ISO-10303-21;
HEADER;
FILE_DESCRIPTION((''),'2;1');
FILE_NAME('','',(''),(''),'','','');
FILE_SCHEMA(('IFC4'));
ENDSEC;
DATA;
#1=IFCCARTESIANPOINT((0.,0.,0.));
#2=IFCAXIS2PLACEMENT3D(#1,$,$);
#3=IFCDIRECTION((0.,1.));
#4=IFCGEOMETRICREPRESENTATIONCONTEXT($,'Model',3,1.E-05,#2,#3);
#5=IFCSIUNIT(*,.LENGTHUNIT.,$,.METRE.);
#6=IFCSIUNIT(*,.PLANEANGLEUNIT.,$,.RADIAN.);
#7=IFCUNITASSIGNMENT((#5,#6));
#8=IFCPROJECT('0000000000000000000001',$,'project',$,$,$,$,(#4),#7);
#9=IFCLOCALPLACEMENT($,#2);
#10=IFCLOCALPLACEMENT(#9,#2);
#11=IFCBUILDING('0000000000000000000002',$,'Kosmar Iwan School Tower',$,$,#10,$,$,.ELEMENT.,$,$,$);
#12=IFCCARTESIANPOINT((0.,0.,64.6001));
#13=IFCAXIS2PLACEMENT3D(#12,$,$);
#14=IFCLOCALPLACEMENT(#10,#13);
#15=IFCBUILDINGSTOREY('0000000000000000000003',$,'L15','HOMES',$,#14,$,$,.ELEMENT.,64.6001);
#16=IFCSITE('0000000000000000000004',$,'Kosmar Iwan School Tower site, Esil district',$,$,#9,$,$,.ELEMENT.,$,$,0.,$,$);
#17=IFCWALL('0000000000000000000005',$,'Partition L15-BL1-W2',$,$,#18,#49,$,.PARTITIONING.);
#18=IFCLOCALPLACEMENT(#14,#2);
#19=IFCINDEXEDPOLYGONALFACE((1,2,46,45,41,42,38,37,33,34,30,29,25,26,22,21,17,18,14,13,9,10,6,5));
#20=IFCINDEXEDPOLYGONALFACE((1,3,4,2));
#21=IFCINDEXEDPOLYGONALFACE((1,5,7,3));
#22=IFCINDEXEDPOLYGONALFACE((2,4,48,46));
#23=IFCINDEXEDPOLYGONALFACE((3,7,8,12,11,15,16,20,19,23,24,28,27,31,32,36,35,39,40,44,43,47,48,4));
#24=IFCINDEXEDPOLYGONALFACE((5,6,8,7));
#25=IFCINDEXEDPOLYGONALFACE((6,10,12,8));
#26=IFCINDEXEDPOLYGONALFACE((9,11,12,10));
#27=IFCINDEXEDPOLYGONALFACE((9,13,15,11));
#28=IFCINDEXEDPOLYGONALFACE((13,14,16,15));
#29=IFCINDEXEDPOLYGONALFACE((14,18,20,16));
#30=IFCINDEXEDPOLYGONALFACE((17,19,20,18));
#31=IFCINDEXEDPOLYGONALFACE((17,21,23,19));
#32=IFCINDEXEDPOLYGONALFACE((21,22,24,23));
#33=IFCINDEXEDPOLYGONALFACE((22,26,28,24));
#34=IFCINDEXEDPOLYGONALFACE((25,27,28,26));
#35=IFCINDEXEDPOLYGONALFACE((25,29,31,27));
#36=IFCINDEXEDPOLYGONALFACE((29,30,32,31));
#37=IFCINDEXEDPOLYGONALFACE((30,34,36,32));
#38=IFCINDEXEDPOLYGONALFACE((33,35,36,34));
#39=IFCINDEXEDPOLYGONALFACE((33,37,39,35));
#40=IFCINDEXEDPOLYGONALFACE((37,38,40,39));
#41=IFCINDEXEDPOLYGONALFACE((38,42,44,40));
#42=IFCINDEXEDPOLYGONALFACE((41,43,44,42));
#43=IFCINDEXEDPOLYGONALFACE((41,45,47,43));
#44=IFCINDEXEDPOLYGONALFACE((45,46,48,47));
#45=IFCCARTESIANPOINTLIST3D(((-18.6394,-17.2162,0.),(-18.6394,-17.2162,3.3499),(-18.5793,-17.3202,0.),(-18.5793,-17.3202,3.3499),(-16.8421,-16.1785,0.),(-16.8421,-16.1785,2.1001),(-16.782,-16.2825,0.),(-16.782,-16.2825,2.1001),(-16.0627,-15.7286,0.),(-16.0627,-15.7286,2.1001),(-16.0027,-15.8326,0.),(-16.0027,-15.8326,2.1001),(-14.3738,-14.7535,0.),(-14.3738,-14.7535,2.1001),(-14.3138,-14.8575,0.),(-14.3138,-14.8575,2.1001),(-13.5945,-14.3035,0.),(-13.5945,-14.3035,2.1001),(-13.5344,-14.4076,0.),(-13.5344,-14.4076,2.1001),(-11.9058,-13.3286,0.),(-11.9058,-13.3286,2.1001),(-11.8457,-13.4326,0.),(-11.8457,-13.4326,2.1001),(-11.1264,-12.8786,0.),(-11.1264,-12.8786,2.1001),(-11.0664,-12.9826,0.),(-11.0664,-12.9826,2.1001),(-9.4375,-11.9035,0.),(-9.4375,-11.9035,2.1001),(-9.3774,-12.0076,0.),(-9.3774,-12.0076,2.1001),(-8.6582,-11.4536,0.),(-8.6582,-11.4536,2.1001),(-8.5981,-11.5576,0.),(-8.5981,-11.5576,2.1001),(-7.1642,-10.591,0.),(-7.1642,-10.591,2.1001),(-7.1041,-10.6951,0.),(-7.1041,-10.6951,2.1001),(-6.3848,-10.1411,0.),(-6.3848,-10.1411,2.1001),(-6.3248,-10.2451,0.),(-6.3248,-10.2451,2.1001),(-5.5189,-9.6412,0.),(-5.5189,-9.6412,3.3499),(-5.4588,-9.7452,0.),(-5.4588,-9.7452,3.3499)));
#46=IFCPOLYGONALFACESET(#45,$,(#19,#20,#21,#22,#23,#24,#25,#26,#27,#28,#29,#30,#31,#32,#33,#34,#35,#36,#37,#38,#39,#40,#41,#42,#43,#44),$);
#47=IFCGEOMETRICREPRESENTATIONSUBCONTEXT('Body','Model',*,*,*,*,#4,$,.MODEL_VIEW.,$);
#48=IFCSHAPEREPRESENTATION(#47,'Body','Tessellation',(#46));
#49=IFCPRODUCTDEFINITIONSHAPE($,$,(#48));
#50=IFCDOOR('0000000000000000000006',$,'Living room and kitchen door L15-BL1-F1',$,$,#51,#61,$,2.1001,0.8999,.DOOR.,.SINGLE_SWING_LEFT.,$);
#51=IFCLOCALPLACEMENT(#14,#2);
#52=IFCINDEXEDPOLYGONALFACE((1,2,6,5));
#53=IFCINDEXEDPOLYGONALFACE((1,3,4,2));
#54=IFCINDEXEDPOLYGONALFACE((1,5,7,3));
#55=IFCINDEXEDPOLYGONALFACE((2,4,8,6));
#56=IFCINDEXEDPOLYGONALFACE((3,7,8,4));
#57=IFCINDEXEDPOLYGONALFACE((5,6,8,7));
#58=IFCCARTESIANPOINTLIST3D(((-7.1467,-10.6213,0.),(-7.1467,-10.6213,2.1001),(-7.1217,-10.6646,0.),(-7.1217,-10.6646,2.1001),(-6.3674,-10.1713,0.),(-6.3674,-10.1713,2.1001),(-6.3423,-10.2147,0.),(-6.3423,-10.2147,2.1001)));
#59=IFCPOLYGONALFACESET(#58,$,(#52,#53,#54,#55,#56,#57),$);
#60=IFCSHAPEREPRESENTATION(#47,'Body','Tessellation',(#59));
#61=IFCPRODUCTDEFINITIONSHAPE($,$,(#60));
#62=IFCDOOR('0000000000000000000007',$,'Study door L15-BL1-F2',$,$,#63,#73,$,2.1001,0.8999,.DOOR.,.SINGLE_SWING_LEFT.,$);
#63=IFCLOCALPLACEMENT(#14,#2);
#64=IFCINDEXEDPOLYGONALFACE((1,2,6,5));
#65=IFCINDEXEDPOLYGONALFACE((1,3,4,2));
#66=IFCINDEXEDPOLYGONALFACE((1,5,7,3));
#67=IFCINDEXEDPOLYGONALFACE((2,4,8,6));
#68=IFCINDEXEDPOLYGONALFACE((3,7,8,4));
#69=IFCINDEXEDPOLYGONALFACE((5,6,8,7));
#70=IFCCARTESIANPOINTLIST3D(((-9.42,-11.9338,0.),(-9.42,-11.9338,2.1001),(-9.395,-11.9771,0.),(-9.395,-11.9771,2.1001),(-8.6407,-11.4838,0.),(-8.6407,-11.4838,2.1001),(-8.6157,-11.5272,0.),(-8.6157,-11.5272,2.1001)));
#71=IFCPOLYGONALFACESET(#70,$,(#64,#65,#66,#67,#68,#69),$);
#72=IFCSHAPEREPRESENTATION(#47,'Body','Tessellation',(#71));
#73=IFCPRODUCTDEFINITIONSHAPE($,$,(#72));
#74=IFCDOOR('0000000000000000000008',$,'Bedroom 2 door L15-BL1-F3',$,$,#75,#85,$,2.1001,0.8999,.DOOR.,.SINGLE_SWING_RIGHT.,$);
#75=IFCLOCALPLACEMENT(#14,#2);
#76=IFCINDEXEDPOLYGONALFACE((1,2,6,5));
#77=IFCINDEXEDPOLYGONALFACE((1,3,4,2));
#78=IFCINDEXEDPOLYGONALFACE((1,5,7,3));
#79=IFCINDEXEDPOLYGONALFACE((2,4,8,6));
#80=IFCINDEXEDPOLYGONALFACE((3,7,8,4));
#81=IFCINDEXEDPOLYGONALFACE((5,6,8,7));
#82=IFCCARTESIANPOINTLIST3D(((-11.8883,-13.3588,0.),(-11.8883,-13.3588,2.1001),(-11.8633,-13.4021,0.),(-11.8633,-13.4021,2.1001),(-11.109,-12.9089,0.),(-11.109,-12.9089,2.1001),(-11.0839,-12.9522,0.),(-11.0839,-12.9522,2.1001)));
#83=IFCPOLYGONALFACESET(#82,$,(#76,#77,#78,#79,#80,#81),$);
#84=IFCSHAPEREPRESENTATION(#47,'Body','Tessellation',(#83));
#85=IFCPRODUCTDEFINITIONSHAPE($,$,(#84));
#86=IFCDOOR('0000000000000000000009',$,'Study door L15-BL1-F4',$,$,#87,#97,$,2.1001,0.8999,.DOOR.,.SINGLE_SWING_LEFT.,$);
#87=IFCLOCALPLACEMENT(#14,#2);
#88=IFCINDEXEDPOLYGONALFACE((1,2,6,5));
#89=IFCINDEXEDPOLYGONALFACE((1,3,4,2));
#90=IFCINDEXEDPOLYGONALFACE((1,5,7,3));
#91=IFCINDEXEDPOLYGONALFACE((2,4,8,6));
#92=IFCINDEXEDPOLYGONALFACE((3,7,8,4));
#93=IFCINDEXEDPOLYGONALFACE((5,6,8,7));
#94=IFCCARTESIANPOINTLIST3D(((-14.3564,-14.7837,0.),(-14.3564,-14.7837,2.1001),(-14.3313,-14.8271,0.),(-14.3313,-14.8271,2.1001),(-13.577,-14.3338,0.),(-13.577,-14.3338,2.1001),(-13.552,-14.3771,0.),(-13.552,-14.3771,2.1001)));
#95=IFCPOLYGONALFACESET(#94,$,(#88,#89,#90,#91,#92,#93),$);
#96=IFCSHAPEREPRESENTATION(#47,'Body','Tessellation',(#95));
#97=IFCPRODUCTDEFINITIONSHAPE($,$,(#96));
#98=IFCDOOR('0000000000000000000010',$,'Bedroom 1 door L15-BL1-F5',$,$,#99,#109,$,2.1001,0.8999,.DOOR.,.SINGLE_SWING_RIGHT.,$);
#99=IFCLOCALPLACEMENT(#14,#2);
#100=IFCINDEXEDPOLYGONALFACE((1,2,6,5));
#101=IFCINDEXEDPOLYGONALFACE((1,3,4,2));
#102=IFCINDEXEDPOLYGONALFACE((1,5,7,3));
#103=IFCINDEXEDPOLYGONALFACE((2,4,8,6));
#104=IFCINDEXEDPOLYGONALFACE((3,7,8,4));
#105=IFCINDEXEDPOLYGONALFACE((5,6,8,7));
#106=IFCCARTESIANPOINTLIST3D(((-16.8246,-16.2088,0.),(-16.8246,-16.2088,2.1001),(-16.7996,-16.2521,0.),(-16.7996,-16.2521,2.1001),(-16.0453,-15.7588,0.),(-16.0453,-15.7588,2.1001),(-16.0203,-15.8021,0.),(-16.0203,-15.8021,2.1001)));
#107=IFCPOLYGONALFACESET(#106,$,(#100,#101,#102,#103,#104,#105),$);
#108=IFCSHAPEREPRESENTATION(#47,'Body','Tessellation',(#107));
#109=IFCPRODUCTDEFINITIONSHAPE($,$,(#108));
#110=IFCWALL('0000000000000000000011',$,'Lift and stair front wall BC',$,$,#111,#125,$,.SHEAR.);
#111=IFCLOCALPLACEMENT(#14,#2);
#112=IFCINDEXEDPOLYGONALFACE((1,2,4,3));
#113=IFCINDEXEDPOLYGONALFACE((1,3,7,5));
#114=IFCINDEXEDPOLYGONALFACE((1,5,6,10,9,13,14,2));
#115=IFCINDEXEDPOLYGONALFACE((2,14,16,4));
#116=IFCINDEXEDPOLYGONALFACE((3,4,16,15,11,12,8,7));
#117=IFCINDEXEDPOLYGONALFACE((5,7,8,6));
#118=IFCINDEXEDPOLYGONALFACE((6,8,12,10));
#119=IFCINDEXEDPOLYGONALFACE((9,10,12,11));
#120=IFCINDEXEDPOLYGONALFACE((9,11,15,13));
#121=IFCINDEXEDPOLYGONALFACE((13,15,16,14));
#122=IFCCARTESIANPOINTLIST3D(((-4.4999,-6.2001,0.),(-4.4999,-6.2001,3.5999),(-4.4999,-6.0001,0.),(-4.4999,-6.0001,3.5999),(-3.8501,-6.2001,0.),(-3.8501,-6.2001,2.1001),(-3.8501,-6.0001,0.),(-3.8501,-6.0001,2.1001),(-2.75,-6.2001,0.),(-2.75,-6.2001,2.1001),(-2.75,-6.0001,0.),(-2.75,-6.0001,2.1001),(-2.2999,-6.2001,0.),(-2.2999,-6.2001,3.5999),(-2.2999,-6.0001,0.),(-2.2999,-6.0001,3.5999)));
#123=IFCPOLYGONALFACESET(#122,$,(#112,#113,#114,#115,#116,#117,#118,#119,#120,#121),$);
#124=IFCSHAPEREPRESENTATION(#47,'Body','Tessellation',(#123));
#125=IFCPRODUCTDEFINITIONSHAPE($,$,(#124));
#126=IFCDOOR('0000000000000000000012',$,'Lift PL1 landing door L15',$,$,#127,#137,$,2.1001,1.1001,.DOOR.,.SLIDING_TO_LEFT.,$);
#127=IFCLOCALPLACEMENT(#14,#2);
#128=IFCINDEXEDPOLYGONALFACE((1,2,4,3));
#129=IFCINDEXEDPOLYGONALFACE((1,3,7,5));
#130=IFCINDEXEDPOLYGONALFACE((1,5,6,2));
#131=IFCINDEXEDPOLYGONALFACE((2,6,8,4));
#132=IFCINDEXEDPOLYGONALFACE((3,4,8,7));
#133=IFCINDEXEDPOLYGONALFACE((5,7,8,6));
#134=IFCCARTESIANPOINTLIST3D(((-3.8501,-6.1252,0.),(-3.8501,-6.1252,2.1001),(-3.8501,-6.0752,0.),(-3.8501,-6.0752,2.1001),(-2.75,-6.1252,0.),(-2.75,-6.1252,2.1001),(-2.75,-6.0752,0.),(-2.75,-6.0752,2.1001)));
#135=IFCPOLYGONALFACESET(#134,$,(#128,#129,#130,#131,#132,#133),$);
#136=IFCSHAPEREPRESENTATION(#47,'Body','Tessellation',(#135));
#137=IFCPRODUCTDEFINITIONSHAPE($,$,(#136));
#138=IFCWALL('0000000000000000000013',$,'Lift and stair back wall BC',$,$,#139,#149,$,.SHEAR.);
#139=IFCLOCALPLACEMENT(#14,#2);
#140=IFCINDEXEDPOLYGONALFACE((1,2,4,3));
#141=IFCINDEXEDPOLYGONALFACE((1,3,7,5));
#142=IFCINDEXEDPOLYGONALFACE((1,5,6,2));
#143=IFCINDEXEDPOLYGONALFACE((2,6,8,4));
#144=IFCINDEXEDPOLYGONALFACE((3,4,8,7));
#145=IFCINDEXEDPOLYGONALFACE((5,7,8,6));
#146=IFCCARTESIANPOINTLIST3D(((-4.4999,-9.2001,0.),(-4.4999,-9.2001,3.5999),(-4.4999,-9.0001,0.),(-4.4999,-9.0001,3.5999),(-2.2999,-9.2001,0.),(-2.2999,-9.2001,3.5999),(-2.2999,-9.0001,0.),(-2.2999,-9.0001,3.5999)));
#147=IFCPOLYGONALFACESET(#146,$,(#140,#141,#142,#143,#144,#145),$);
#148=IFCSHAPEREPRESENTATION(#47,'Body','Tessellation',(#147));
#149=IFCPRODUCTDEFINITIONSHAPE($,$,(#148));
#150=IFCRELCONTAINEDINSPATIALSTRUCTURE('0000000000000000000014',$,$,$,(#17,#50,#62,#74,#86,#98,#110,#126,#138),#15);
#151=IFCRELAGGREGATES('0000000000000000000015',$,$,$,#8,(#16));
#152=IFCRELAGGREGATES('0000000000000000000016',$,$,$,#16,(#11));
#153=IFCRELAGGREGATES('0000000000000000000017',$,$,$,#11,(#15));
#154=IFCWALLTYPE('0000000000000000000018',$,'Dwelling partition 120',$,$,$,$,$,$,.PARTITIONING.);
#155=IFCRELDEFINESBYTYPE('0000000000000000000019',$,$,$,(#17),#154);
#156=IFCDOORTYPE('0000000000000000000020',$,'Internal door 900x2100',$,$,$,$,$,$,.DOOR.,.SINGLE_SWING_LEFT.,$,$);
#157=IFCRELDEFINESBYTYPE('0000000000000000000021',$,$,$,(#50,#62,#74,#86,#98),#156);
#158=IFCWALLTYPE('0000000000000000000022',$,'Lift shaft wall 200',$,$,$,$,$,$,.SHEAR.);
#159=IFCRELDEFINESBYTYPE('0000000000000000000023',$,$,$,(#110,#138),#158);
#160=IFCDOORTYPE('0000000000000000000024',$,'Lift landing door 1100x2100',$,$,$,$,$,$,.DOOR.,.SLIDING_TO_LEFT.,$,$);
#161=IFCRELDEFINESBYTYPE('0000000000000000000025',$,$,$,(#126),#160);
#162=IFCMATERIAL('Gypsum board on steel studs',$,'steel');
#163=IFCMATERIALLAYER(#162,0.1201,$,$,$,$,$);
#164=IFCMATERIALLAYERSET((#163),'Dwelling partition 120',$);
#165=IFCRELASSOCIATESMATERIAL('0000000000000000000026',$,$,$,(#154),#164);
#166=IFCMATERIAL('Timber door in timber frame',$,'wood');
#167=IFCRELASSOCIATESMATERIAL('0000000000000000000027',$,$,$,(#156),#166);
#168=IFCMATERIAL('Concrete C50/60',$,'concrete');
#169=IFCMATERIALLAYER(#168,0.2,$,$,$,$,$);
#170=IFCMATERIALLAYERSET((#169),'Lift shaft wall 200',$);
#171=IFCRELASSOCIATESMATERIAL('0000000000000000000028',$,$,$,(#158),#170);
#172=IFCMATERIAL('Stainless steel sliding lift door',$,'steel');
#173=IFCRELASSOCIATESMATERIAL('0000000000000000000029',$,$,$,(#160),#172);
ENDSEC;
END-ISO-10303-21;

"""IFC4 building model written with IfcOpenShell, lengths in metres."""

from ifc_helpers import new_model, si_unit, direction, frame, frame_2d, origin, place, context, subcontext, project, spatial, rectangle, extrude, material, layer, layer_set, type_object, element, fill, save


model = new_model("IFC4")

# Units and contexts
model_context = context("Model", 3, precision=1e-05, world=origin(), true_north=direction((0.0, 1.0)))
body_context = subcontext(model_context, "Body", "Model", "MODEL_VIEW")
ifc_project = project(units=[si_unit("LENGTHUNIT", "METRE"), si_unit("PLANEANGLEUNIT", "RADIAN")], contexts=[model_context])

# Site, building, storey
site_placement = place(None, origin())
site = spatial("IfcSite", under=ifc_project, at=site_placement, Name="Kosmar Iwan School Tower site, Esil district", CompositionType="ELEMENT", RefElevation=0.0)
building_placement = place(site_placement, origin())
building = spatial("IfcBuilding", under=site, at=building_placement, Name="Kosmar Iwan School Tower", CompositionType="ELEMENT")
storey_placement = place(building_placement, frame((0.0, 0.0, 64.6001)))
storey = spatial("IfcBuildingStorey", under=building, at=storey_placement, Name="L15", Description="HOMES", CompositionType="ELEMENT", Elevation=64.6001)

# Wall, openings, doors
ifc_material_1 = material(Name="Gypsum board on steel studs", Category="steel")
ifc_layer_1 = layer(ifc_material_1, 0.1201)
ifc_layer_set_1 = layer_set([ifc_layer_1], Name="Dwelling partition 120")
wall_type_1 = type_object("IfcWallType", Name="Dwelling partition 120", PredefinedType="PARTITIONING", material=ifc_layer_set_1)
wall_1_placement = place(storey_placement, frame((-5.4888, -9.6931, 0.0), z_axis=(0.0, 0.0, 1.0), x_axis=(-0.866028, -0.499995, 0.0)))
wall_1 = element("IfcWall", 1, at=wall_1_placement, inside=storey, type_object=wall_type_1, Name="Partition L15-BL1-W2", PredefinedType="PARTITIONING", context=body_context, shape_type="SweptSolid", body=[
    extrude(rectangle(XDim=15.1501, YDim=0.1201, at=frame_2d((7.5752, 0.0))), origin(), (0.0, 0.0, 1.0), 3.3499),
])
opening_1_placement = place(wall_1_placement, frame((1.0, 0.0, 0.0)))
opening_1 = element("IfcOpeningElement", 2, at=opening_1_placement, cuts=wall_1, PredefinedType="OPENING", context=body_context, shape_type="SweptSolid", body=[
    extrude(rectangle(XDim=0.8999, YDim=2.1001, at=frame_2d((0.45, 1.05))), frame((0.0, 0.072, 0.0), z_axis=(0.0, -1.0, 0.0), x_axis=(1.0, 0.0, 0.0)), (0.0, 0.0, 1.0), 0.144),
])
opening_2_placement = place(wall_1_placement, frame((3.625, 0.0, 0.0)))
opening_2 = element("IfcOpeningElement", 3, at=opening_2_placement, cuts=wall_1, PredefinedType="OPENING", context=body_context, shape_type="SweptSolid", body=[
    extrude(rectangle(XDim=0.8999, YDim=2.1001, at=frame_2d((0.45, 1.05))), frame((0.0, 0.072, 0.0), z_axis=(0.0, -1.0, 0.0), x_axis=(1.0, 0.0, 0.0)), (0.0, 0.0, 1.0), 0.144),
])
opening_3_placement = place(wall_1_placement, frame((6.4751, 0.0, 0.0)))
opening_3 = element("IfcOpeningElement", 4, at=opening_3_placement, cuts=wall_1, PredefinedType="OPENING", context=body_context, shape_type="SweptSolid", body=[
    extrude(rectangle(XDim=0.8999, YDim=2.1001, at=frame_2d((0.45, 1.05))), frame((0.0, 0.072, 0.0), z_axis=(0.0, -1.0, 0.0), x_axis=(1.0, 0.0, 0.0)), (0.0, 0.0, 1.0), 0.144),
])
opening_4_placement = place(wall_1_placement, frame((9.325, 0.0, 0.0)))
opening_4 = element("IfcOpeningElement", 5, at=opening_4_placement, cuts=wall_1, PredefinedType="OPENING", context=body_context, shape_type="SweptSolid", body=[
    extrude(rectangle(XDim=0.8999, YDim=2.1001, at=frame_2d((0.45, 1.05))), frame((0.0, 0.072, 0.0), z_axis=(0.0, -1.0, 0.0), x_axis=(1.0, 0.0, 0.0)), (0.0, 0.0, 1.0), 0.144),
])
opening_5_placement = place(wall_1_placement, frame((12.175, 0.0, 0.0)))
opening_5 = element("IfcOpeningElement", 6, at=opening_5_placement, cuts=wall_1, PredefinedType="OPENING", context=body_context, shape_type="SweptSolid", body=[
    extrude(rectangle(XDim=0.8999, YDim=2.1001, at=frame_2d((0.45, 1.05))), frame((0.0, 0.072, 0.0), z_axis=(0.0, -1.0, 0.0), x_axis=(1.0, 0.0, 0.0)), (0.0, 0.0, 1.0), 0.144),
])
ifc_material_2 = material(Name="Timber door in timber frame", Category="wood")
door_type_1 = type_object("IfcDoorType", Name="Internal door 900x2100", OperationType="SINGLE_SWING_LEFT", PredefinedType="DOOR", material=ifc_material_2)
door_1_placement = place(opening_1_placement, origin())
door_1 = element("IfcDoor", 7, at=door_1_placement, inside=storey, type_object=door_type_1, Name="Living room and kitchen door L15-BL1-F1", OperationType="SINGLE_SWING_LEFT", OverallHeight=2.1001, OverallWidth=0.8999, PredefinedType="DOOR", context=body_context, shape_type="SweptSolid", body=[
    extrude(rectangle(XDim=0.8999, YDim=2.1001, at=frame_2d((0.45, 1.05))), frame((0.0, 0.0249, 0.0), z_axis=(0.0, -1.0, 0.0), x_axis=(1.0, 0.0, 0.0)), (0.0, 0.0, 1.0), 0.05),
])
fill(opening_1, door_1)
door_2_placement = place(opening_2_placement, origin())
door_2 = element("IfcDoor", 8, at=door_2_placement, inside=storey, type_object=door_type_1, Name="Study door L15-BL1-F2", OperationType="SINGLE_SWING_LEFT", OverallHeight=2.1001, OverallWidth=0.8999, PredefinedType="DOOR", context=body_context, shape_type="SweptSolid", body=[
    extrude(rectangle(XDim=0.8999, YDim=2.1001, at=frame_2d((0.45, 1.05))), frame((0.0, 0.0249, 0.0), z_axis=(0.0, -1.0, 0.0), x_axis=(1.0, 0.0, 0.0)), (0.0, 0.0, 1.0), 0.05),
])
fill(opening_2, door_2)
door_3_placement = place(opening_3_placement, origin())
door_3 = element("IfcDoor", 9, at=door_3_placement, inside=storey, type_object=door_type_1, Name="Bedroom 2 door L15-BL1-F3", OperationType="SINGLE_SWING_RIGHT", OverallHeight=2.1001, OverallWidth=0.8999, PredefinedType="DOOR", context=body_context, shape_type="SweptSolid", body=[
    extrude(rectangle(XDim=0.8999, YDim=2.1001, at=frame_2d((0.45, 1.05))), frame((0.0, 0.0249, 0.0), z_axis=(0.0, -1.0, 0.0), x_axis=(1.0, 0.0, 0.0)), (0.0, 0.0, 1.0), 0.05),
])
fill(opening_3, door_3)
door_4_placement = place(opening_4_placement, origin())
door_4 = element("IfcDoor", 10, at=door_4_placement, inside=storey, type_object=door_type_1, Name="Study door L15-BL1-F4", OperationType="SINGLE_SWING_LEFT", OverallHeight=2.1001, OverallWidth=0.8999, PredefinedType="DOOR", context=body_context, shape_type="SweptSolid", body=[
    extrude(rectangle(XDim=0.8999, YDim=2.1001, at=frame_2d((0.45, 1.05))), frame((0.0, 0.0249, 0.0), z_axis=(0.0, -1.0, 0.0), x_axis=(1.0, 0.0, 0.0)), (0.0, 0.0, 1.0), 0.05),
])
fill(opening_4, door_4)
door_5_placement = place(opening_5_placement, origin())
door_5 = element("IfcDoor", 11, at=door_5_placement, inside=storey, type_object=door_type_1, Name="Bedroom 1 door L15-BL1-F5", OperationType="SINGLE_SWING_RIGHT", OverallHeight=2.1001, OverallWidth=0.8999, PredefinedType="DOOR", context=body_context, shape_type="SweptSolid", body=[
    extrude(rectangle(XDim=0.8999, YDim=2.1001, at=frame_2d((0.45, 1.05))), frame((0.0, 0.0249, 0.0), z_axis=(0.0, -1.0, 0.0), x_axis=(1.0, 0.0, 0.0)), (0.0, 0.0, 1.0), 0.05),
])
fill(opening_5, door_5)

# Wall, opening, door
ifc_material_3 = material(Name="Concrete C50/60", Category="concrete")
ifc_layer_2 = layer(ifc_material_3, 0.2)
ifc_layer_set_2 = layer_set([ifc_layer_2], Name="Lift shaft wall 200")
wall_type_2 = type_object("IfcWallType", Name="Lift shaft wall 200", PredefinedType="SHEAR", material=ifc_layer_set_2)
wall_2_placement = place(storey_placement, frame((-4.5, -6.1001, 0.0), z_axis=(0.0, 0.0, 1.0), x_axis=(1.0, 0.0, 0.0)))
wall_2 = element("IfcWall", 12, at=wall_2_placement, inside=storey, type_object=wall_type_2, Name="Lift and stair front wall BC", PredefinedType="SHEAR", context=body_context, shape_type="SweptSolid", body=[
    extrude(rectangle(XDim=2.2, YDim=0.2, at=frame_2d((1.1001, 0.0))), origin(), (0.0, 0.0, 1.0), 3.5999),
])
opening_6_placement = place(wall_2_placement, frame((0.6499, 0.0, 0.0)))
opening_6 = element("IfcOpeningElement", 13, at=opening_6_placement, cuts=wall_2, PredefinedType="OPENING", context=body_context, shape_type="SweptSolid", body=[
    extrude(rectangle(XDim=1.1001, YDim=2.1001, at=frame_2d((0.55, 1.05))), frame((0.0, 0.1121, 0.0), z_axis=(0.0, -1.0, 0.0), x_axis=(1.0, 0.0, 0.0)), (0.0, 0.0, 1.0), 0.2239),
])
ifc_material_4 = material(Name="Stainless steel sliding lift door", Category="steel")
door_type_2 = type_object("IfcDoorType", Name="Lift landing door 1100x2100", OperationType="SLIDING_TO_LEFT", PredefinedType="DOOR", material=ifc_material_4)
door_6_placement = place(opening_6_placement, origin())
door_6 = element("IfcDoor", 14, at=door_6_placement, inside=storey, type_object=door_type_2, Name="Lift PL1 landing door L15", OperationType="SLIDING_TO_LEFT", OverallHeight=2.1001, OverallWidth=1.1001, PredefinedType="DOOR", context=body_context, shape_type="SweptSolid", body=[
    extrude(rectangle(XDim=1.1001, YDim=2.1001, at=frame_2d((0.55, 1.05))), frame((0.0, 0.0249, 0.0), z_axis=(0.0, -1.0, 0.0), x_axis=(1.0, 0.0, 0.0)), (0.0, 0.0, 1.0), 0.05),
])
fill(opening_6, door_6)

# Wall
wall_3_placement = place(storey_placement, frame((-4.5, -9.1001, 0.0), z_axis=(0.0, 0.0, 1.0), x_axis=(1.0, 0.0, 0.0)))
element("IfcWall", 15, at=wall_3_placement, inside=storey, type_object=wall_type_2, Name="Lift and stair back wall BC", PredefinedType="SHEAR", context=body_context, shape_type="SweptSolid", body=[
    extrude(rectangle(XDim=2.2, YDim=0.2, at=frame_2d((1.1001, 0.0))), origin(), (0.0, 0.0, 1.0), 3.5999),
])

save(model, "model.ifc")
